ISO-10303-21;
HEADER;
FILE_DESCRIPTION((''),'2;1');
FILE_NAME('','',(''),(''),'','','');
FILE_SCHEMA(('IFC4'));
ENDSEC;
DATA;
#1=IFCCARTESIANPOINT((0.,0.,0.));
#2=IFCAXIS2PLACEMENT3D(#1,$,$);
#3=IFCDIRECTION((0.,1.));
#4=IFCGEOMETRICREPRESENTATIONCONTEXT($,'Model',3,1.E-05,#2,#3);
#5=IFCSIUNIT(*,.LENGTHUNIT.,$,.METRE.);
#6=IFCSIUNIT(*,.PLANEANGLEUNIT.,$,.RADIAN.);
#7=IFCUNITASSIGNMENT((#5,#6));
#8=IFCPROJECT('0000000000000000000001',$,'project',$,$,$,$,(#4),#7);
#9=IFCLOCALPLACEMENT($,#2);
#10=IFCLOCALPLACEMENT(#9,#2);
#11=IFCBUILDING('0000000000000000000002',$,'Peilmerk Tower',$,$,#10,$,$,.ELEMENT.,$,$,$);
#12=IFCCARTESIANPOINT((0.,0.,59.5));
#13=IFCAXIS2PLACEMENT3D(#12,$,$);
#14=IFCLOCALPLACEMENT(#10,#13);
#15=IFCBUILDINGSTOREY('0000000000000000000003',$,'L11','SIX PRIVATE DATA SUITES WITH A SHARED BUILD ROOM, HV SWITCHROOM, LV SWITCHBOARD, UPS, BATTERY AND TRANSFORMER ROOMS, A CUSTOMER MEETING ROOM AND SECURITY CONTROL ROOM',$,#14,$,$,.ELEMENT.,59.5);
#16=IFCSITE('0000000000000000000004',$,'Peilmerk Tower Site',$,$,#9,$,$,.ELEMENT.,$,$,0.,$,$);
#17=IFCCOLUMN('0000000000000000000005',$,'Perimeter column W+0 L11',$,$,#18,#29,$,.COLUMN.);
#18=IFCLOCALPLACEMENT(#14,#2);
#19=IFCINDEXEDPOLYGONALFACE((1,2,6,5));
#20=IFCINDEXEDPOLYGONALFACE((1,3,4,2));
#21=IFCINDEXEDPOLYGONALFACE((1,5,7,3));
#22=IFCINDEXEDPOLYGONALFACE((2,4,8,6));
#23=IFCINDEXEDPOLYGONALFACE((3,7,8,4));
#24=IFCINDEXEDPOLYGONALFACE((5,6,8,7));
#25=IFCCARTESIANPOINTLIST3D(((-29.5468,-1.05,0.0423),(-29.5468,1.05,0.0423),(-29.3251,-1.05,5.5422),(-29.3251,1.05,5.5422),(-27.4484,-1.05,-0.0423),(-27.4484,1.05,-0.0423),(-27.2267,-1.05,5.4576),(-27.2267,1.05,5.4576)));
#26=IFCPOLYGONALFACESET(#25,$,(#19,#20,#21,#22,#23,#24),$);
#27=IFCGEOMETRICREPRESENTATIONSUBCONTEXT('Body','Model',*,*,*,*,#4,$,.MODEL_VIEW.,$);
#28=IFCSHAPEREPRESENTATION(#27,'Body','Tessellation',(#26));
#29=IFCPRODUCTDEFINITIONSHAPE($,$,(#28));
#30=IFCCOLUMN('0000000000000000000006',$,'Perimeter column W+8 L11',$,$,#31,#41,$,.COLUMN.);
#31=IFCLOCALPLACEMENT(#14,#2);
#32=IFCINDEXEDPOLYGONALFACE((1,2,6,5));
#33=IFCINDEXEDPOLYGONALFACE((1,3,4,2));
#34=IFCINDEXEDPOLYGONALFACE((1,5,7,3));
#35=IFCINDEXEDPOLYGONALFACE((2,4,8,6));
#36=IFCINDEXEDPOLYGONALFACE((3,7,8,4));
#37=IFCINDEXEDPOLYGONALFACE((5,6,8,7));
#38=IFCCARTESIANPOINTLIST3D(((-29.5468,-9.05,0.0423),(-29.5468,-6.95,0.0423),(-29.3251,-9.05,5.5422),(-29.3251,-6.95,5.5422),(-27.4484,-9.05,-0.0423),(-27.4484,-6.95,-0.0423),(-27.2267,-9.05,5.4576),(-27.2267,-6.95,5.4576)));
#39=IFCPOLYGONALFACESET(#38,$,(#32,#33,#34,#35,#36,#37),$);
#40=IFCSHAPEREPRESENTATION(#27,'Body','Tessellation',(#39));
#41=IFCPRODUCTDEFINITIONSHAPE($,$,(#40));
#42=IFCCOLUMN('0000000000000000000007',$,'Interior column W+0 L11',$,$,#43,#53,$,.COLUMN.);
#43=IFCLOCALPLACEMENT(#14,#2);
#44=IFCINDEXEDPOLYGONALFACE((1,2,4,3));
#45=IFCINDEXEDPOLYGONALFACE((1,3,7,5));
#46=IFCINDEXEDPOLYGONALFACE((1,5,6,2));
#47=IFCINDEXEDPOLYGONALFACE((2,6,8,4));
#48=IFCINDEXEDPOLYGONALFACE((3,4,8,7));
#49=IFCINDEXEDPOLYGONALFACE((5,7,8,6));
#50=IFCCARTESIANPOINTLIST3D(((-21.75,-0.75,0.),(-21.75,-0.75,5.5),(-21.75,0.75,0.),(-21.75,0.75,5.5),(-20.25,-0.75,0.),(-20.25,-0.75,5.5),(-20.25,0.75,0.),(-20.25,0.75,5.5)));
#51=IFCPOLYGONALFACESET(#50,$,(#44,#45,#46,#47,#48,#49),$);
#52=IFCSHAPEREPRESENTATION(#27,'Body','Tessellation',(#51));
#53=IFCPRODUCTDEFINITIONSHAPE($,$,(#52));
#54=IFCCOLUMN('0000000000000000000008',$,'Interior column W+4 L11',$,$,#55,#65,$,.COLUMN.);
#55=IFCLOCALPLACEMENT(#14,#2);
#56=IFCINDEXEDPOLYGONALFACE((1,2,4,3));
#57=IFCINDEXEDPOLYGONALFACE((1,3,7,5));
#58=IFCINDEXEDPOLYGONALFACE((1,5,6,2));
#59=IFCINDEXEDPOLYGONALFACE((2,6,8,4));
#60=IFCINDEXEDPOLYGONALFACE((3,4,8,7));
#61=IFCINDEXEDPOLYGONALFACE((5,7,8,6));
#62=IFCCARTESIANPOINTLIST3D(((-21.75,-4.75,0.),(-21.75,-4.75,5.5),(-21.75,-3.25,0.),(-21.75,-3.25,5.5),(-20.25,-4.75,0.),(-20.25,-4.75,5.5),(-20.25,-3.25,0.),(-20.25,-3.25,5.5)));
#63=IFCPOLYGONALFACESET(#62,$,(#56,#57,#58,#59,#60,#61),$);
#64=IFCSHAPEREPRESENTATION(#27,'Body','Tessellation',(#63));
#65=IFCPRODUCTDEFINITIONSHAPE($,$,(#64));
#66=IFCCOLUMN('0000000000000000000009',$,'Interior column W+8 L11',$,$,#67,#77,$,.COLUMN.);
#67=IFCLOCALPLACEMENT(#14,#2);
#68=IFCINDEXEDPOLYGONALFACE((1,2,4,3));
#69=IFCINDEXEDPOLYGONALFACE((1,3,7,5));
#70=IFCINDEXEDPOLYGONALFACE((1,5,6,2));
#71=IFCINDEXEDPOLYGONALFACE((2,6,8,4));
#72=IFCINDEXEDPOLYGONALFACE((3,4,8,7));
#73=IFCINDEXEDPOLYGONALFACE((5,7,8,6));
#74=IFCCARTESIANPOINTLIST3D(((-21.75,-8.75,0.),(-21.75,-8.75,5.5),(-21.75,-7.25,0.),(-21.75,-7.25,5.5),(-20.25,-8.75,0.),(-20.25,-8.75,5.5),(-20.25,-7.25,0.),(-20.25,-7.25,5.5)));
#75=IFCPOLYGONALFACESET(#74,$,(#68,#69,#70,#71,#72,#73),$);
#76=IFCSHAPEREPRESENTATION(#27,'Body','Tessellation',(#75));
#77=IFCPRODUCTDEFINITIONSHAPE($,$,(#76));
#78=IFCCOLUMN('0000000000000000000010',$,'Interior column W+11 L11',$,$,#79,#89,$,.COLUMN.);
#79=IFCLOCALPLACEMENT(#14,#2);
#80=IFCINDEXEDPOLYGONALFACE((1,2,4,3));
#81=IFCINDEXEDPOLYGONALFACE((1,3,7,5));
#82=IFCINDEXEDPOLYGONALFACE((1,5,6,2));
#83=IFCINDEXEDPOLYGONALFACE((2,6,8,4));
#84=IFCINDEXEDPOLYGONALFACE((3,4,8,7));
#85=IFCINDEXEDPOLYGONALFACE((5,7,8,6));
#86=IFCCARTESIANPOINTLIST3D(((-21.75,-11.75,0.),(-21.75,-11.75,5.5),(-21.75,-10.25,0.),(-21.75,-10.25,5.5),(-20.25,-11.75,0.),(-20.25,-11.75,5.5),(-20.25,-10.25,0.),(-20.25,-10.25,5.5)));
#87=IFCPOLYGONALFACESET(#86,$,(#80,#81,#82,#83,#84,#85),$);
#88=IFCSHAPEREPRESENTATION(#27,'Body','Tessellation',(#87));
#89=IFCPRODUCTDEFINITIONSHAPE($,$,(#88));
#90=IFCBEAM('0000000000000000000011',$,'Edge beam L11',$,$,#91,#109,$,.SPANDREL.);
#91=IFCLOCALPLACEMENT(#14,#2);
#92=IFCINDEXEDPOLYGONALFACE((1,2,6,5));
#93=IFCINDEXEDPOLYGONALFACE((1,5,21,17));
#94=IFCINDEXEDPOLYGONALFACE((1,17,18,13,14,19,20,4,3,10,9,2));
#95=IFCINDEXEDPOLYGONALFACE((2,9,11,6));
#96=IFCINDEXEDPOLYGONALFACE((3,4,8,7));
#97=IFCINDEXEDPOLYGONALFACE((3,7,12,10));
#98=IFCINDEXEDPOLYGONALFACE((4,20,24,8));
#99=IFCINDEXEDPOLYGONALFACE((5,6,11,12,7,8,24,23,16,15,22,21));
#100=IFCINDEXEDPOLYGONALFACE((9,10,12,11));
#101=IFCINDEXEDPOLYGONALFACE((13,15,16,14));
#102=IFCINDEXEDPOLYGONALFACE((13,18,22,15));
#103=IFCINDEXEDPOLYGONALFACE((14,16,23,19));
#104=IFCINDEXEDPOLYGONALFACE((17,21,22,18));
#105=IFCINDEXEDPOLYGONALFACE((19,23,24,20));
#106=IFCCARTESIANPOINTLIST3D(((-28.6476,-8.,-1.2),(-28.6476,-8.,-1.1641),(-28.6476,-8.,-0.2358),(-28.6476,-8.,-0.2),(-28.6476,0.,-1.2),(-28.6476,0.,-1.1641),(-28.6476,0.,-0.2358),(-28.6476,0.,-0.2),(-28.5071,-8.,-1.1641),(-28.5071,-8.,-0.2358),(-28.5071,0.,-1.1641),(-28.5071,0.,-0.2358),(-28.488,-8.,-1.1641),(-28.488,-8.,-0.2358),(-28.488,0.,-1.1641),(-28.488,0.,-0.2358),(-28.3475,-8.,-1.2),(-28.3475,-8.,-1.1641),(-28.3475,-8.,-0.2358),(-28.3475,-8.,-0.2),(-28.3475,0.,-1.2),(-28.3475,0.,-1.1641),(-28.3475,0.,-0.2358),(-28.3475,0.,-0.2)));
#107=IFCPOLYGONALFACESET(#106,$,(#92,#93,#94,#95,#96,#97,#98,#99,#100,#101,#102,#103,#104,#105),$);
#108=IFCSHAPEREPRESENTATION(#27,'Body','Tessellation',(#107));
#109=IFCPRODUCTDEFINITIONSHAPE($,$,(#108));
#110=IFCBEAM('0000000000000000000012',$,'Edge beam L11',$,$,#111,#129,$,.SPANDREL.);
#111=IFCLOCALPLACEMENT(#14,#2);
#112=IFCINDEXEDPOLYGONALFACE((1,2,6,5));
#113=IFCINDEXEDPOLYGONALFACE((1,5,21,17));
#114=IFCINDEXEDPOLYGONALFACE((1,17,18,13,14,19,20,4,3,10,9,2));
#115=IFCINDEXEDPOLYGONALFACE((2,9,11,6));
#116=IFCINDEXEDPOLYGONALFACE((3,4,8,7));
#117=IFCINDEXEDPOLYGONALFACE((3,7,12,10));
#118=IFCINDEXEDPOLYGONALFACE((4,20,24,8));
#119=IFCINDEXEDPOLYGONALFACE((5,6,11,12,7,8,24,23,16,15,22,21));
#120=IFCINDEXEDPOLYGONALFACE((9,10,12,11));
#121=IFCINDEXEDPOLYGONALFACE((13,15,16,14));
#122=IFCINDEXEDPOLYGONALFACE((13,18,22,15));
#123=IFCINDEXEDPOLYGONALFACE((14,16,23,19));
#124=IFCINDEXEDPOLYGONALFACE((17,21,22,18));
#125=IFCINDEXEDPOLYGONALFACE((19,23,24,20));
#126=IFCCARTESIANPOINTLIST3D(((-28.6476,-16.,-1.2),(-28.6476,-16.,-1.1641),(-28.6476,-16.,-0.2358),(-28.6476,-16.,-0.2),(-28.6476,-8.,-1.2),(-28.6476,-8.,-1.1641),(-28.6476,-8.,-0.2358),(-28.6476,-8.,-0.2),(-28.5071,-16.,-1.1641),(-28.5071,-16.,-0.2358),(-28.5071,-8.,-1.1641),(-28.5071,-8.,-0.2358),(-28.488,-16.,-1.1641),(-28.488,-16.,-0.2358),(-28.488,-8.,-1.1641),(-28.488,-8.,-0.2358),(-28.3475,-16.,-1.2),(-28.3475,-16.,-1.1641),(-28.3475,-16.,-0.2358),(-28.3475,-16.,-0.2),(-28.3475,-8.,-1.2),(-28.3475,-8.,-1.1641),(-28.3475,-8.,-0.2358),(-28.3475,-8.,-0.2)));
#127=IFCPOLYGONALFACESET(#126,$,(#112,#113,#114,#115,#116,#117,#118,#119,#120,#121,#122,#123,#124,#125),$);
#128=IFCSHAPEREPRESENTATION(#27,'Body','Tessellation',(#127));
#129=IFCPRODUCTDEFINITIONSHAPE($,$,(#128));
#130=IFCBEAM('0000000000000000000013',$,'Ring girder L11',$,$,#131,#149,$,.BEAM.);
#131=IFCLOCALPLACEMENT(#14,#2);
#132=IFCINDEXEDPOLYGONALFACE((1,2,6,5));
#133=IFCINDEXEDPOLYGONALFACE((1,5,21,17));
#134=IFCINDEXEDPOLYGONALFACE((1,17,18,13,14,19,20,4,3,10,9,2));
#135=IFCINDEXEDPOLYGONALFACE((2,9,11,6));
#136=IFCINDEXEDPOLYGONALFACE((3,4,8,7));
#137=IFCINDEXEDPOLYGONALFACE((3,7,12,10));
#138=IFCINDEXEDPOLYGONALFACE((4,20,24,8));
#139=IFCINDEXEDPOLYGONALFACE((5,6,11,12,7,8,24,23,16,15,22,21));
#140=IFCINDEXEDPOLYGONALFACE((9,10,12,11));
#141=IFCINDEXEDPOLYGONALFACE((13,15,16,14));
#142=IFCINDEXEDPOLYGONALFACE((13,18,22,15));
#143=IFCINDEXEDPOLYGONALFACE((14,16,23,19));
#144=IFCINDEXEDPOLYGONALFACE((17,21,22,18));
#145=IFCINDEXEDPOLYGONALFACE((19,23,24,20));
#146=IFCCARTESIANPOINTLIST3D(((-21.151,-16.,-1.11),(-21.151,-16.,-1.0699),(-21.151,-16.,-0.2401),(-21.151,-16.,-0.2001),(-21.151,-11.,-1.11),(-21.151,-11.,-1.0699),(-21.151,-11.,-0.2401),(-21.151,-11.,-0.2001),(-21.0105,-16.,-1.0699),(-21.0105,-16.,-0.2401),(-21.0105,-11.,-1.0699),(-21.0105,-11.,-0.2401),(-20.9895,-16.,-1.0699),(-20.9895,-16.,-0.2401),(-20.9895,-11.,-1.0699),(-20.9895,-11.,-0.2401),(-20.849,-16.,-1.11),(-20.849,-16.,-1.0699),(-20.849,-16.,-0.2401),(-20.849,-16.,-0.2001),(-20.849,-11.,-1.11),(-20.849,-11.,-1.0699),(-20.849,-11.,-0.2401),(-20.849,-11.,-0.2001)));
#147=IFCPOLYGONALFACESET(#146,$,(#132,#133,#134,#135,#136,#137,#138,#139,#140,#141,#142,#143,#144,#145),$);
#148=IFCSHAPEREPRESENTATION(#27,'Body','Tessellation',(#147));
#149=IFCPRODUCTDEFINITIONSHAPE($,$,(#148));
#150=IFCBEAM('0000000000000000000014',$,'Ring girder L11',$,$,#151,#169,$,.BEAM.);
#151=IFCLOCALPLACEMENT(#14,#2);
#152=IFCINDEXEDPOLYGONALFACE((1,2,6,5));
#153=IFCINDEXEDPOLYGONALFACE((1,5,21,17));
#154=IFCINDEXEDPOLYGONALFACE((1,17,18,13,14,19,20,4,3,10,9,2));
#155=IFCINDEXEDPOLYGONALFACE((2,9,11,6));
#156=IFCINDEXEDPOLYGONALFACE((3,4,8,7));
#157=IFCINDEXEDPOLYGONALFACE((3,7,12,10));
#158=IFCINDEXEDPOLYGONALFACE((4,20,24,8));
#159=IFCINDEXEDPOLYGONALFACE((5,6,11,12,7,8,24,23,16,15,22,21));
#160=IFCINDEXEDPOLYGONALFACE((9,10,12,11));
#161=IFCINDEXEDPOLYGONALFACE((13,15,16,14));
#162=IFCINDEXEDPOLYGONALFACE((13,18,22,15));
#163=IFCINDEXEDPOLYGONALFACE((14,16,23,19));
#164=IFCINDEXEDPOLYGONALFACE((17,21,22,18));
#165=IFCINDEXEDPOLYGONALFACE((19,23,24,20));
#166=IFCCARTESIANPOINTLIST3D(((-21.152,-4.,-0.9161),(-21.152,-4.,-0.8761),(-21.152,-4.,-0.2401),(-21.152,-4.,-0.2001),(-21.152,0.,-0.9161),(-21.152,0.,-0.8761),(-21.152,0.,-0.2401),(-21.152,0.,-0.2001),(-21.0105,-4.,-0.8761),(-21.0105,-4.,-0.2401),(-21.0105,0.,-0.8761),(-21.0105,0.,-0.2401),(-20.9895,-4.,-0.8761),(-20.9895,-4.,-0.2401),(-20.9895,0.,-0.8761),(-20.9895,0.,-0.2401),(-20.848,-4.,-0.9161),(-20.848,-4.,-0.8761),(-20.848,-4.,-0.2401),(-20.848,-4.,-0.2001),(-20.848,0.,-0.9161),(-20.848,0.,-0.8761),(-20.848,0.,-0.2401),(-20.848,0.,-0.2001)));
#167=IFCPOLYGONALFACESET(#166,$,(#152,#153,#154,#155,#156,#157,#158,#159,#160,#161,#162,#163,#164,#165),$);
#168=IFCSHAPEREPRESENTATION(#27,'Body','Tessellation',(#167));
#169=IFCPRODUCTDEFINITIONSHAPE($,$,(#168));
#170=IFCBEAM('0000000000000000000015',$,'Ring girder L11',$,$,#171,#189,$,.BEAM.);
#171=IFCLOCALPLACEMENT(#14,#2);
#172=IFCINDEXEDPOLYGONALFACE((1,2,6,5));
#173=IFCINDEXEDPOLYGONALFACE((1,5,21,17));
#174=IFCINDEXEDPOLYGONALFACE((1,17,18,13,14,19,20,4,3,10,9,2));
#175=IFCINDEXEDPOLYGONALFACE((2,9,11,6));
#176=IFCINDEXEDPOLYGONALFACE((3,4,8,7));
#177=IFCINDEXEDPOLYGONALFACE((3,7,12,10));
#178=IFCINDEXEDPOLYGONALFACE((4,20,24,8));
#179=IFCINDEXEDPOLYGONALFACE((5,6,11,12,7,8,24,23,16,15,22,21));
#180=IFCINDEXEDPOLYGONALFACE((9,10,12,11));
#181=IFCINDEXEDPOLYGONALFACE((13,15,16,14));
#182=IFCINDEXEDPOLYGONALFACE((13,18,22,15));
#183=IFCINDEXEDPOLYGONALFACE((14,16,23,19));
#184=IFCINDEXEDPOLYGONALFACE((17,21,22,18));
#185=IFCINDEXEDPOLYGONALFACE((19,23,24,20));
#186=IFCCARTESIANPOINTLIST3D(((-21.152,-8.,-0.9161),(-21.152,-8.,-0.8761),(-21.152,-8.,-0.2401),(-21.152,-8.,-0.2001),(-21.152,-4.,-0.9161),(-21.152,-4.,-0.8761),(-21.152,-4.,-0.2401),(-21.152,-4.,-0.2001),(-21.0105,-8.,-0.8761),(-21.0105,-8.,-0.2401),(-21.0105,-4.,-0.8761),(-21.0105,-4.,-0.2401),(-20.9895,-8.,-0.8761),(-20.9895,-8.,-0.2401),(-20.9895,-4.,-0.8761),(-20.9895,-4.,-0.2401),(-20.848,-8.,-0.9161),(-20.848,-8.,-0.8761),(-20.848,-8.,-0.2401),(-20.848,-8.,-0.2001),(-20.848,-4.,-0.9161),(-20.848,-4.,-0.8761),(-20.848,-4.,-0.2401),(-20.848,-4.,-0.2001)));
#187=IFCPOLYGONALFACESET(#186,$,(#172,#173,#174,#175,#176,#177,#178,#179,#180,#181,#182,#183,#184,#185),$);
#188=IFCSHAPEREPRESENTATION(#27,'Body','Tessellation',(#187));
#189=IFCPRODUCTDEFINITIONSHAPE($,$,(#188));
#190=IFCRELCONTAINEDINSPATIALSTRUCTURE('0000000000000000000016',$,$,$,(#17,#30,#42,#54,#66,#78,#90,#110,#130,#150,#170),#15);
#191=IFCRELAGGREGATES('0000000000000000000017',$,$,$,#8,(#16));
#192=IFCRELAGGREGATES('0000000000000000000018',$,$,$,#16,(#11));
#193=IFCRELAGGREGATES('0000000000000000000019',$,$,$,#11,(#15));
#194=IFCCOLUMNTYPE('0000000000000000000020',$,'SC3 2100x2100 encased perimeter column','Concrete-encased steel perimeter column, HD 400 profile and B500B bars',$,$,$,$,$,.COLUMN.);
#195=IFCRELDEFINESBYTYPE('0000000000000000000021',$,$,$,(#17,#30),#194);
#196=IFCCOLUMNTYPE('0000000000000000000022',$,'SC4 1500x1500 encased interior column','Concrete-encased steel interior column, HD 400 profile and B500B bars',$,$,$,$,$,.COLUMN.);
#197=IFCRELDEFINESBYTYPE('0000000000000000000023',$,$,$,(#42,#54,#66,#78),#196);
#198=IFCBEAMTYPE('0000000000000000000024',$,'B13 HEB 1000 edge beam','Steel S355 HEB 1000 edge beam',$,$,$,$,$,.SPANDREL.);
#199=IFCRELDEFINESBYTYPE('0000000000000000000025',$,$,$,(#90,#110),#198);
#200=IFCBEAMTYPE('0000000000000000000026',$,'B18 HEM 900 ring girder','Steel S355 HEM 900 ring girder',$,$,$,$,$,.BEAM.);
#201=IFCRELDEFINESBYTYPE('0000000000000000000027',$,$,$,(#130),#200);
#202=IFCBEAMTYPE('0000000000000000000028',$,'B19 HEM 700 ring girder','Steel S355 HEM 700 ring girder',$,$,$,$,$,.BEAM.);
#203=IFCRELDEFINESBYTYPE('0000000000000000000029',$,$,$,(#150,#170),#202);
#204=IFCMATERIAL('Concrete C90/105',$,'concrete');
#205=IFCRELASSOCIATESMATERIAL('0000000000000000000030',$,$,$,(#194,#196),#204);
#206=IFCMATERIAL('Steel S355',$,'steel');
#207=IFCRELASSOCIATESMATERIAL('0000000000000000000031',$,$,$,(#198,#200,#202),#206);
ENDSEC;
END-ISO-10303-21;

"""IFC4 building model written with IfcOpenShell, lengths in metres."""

from ifc_helpers import new_model, si_unit, direction, frame, origin, origin_2d, place, context, subcontext, project, spatial, rectangle, i_section, extrude, material, material_profile, profile_set, type_object, element, save


model = new_model("IFC4")

# Units and contexts
model_context = context("Model", 3, precision=1e-05, world=origin(), true_north=direction((0.0, 1.0)))
body_context = subcontext(model_context, "Body", "Model", "MODEL_VIEW")
ifc_project = project(units=[si_unit("LENGTHUNIT", "METRE"), si_unit("PLANEANGLEUNIT", "RADIAN")], contexts=[model_context])

# Site, building, storey
site_placement = place(None, origin())
site = spatial("IfcSite", under=ifc_project, at=site_placement, Name="Peilmerk Tower Site", CompositionType="ELEMENT", RefElevation=0.0)
building_placement = place(site_placement, origin())
building = spatial("IfcBuilding", under=site, at=building_placement, Name="Peilmerk Tower", CompositionType="ELEMENT")
storey_placement = place(building_placement, frame((0.0, 0.0, 59.5)))
storey = spatial("IfcBuildingStorey", under=building, at=storey_placement, Name="L11", Description="SIX PRIVATE DATA SUITES WITH A SHARED BUILD ROOM, HV SWITCHROOM, LV SWITCHBOARD, UPS, BATTERY AND TRANSFORMER ROOMS, A CUSTOMER MEETING ROOM AND SECURITY CONTROL ROOM", CompositionType="ELEMENT", Elevation=59.5)

# Columns
ifc_material_1 = material(Name="Concrete C90/105", Category="concrete")
ifc_material_profile_1 = material_profile(ifc_material_1, rectangle(XDim=2.1001, YDim=2.1001, at=origin_2d()), Name="RC 2100x2100")
ifc_profile_set_1 = profile_set([ifc_material_profile_1], Name="Concrete C90/105")
column_type_1 = type_object("IfcColumnType", Name="SC3 2100x2100 encased perimeter column", Description="Concrete-encased steel perimeter column, HD 400 profile and B500B bars", PredefinedType="COLUMN", material=ifc_profile_set_1)
for number, where, z_axis, x_axis, name in (
    (1, (-28.4976, 0.0, 0.0), (0.040273, 0.0, 0.999189), (0.0, 1.0, 0.0), "Perimeter column W+0 L11"),
    (2, (-28.4976, -8.0, 0.0), (0.040273, 0.0, 0.999189), (0.0, 1.0, 0.0), "Perimeter column W+8 L11"),
):
    element("IfcColumn", number, at=place(storey_placement, frame(where, z_axis=z_axis, x_axis=x_axis)), inside=storey, type_object=column_type_1, Name=name, PredefinedType="COLUMN", context=body_context, shape_type="SweptSolid", body=[
        extrude(rectangle(XDim=2.1001, YDim=2.1001, at=origin_2d()), origin(), (0.0, 0.0, 1.0), 5.5044),
    ])
ifc_material_profile_2 = material_profile(ifc_material_1, rectangle(XDim=1.5, YDim=1.5, at=origin_2d()), Name="RC 1500x1500")
ifc_profile_set_2 = profile_set([ifc_material_profile_2], Name="Concrete C90/105")
column_type_2 = type_object("IfcColumnType", Name="SC4 1500x1500 encased interior column", Description="Concrete-encased steel interior column, HD 400 profile and B500B bars", PredefinedType="COLUMN", material=ifc_profile_set_2)
for number, where, z_axis, x_axis, name in (
    (3, (-21.0, 0.0, 0.0), (0.0, 0.0, 1.0), (1.0, 0.0, 0.0), "Interior column W+0 L11"),
    (4, (-21.0, -4.0, 0.0), (0.0, 0.0, 1.0), (1.0, 0.0, 0.0), "Interior column W+4 L11"),
    (5, (-21.0, -8.0, 0.0), (0.0, 0.0, 1.0), (1.0, 0.0, 0.0), "Interior column W+8 L11"),
    (6, (-21.0, -11.0, 0.0), (0.0, 0.0, 1.0), (1.0, 0.0, 0.0), "Interior column W+11 L11"),
):
    element("IfcColumn", number, at=place(storey_placement, frame(where, z_axis=z_axis, x_axis=x_axis)), inside=storey, type_object=column_type_2, Name=name, PredefinedType="COLUMN", context=body_context, shape_type="SweptSolid", body=[
        extrude(rectangle(XDim=1.5, YDim=1.5, at=origin_2d()), origin(), (0.0, 0.0, 1.0), 5.5),
    ])

# Beams
ifc_material_2 = material(Name="Steel S355", Category="steel")
ifc_material_profile_3 = material_profile(ifc_material_2, i_section(OverallWidth=0.3, OverallDepth=1.0, WebThickness=0.019, FlangeThickness=0.0359, at=origin_2d()), Name="HEB 1000")
ifc_profile_set_3 = profile_set([ifc_material_profile_3], Name="Steel S355")
beam_type_1 = type_object("IfcBeamType", Name="B13 HEB 1000 edge beam", Description="Steel S355 HEB 1000 edge beam", PredefinedType="SPANDREL", material=ifc_profile_set_3)
for number, where, z_axis, x_axis, name in (
    (7, (-28.4976, 0.0, -0.7), (0.0, -1.0, 0.0), (1.0, 0.0, 0.0), "Edge beam L11"),
    (8, (-28.4976, -8.0, -0.7), (0.0, -1.0, 0.0), (1.0, 0.0, 0.0), "Edge beam L11"),
):
    element("IfcBeam", number, at=place(storey_placement, frame(where, z_axis=z_axis, x_axis=x_axis)), inside=storey, type_object=beam_type_1, Name=name, PredefinedType="SPANDREL", context=body_context, shape_type="SweptSolid", body=[
        extrude(i_section(OverallWidth=0.3, OverallDepth=1.0, WebThickness=0.019, FlangeThickness=0.0359, at=origin_2d()), origin(), (0.0, 0.0, 1.0), 8.0),
    ])
ifc_material_profile_4 = material_profile(ifc_material_2, i_section(OverallWidth=0.302, OverallDepth=0.9099, WebThickness=0.021, FlangeThickness=0.04, at=origin_2d()), Name="HEM 900")
ifc_profile_set_4 = profile_set([ifc_material_profile_4], Name="Steel S355")
beam_type_2 = type_object("IfcBeamType", Name="B18 HEM 900 ring girder", Description="Steel S355 HEM 900 ring girder", PredefinedType="BEAM", material=ifc_profile_set_4)
beam_1_placement = place(storey_placement, frame((-21.0, -11.0, -0.655), z_axis=(0.0, -1.0, 0.0), x_axis=(1.0, 0.0, 0.0)))
element("IfcBeam", 9, at=beam_1_placement, inside=storey, type_object=beam_type_2, Name="Ring girder L11", PredefinedType="BEAM", context=body_context, shape_type="SweptSolid", body=[
    extrude(i_section(OverallWidth=0.302, OverallDepth=0.9099, WebThickness=0.021, FlangeThickness=0.04, at=origin_2d()), origin(), (0.0, 0.0, 1.0), 5.0),
])
ifc_material_profile_5 = material_profile(ifc_material_2, i_section(OverallWidth=0.304, OverallDepth=0.7161, WebThickness=0.021, FlangeThickness=0.04, at=origin_2d()), Name="HEM 700")
ifc_profile_set_5 = profile_set([ifc_material_profile_5], Name="Steel S355")
beam_type_3 = type_object("IfcBeamType", Name="B19 HEM 700 ring girder", Description="Steel S355 HEM 700 ring girder", PredefinedType="BEAM", material=ifc_profile_set_5)
for number, where, z_axis, x_axis, name in (
    (10, (-21.0, 0.0, -0.5581), (0.0, -1.0, 0.0), (1.0, 0.0, 0.0), "Ring girder L11"),
    (11, (-21.0, -4.0, -0.5581), (0.0, -1.0, 0.0), (1.0, 0.0, 0.0), "Ring girder L11"),
):
    element("IfcBeam", number, at=place(storey_placement, frame(where, z_axis=z_axis, x_axis=x_axis)), inside=storey, type_object=beam_type_3, Name=name, PredefinedType="BEAM", context=body_context, shape_type="SweptSolid", body=[
        extrude(i_section(OverallWidth=0.304, OverallDepth=0.7161, WebThickness=0.021, FlangeThickness=0.04, at=origin_2d()), origin(), (0.0, 0.0, 1.0), 4.0),
    ])

save(model, "model.ifc")
